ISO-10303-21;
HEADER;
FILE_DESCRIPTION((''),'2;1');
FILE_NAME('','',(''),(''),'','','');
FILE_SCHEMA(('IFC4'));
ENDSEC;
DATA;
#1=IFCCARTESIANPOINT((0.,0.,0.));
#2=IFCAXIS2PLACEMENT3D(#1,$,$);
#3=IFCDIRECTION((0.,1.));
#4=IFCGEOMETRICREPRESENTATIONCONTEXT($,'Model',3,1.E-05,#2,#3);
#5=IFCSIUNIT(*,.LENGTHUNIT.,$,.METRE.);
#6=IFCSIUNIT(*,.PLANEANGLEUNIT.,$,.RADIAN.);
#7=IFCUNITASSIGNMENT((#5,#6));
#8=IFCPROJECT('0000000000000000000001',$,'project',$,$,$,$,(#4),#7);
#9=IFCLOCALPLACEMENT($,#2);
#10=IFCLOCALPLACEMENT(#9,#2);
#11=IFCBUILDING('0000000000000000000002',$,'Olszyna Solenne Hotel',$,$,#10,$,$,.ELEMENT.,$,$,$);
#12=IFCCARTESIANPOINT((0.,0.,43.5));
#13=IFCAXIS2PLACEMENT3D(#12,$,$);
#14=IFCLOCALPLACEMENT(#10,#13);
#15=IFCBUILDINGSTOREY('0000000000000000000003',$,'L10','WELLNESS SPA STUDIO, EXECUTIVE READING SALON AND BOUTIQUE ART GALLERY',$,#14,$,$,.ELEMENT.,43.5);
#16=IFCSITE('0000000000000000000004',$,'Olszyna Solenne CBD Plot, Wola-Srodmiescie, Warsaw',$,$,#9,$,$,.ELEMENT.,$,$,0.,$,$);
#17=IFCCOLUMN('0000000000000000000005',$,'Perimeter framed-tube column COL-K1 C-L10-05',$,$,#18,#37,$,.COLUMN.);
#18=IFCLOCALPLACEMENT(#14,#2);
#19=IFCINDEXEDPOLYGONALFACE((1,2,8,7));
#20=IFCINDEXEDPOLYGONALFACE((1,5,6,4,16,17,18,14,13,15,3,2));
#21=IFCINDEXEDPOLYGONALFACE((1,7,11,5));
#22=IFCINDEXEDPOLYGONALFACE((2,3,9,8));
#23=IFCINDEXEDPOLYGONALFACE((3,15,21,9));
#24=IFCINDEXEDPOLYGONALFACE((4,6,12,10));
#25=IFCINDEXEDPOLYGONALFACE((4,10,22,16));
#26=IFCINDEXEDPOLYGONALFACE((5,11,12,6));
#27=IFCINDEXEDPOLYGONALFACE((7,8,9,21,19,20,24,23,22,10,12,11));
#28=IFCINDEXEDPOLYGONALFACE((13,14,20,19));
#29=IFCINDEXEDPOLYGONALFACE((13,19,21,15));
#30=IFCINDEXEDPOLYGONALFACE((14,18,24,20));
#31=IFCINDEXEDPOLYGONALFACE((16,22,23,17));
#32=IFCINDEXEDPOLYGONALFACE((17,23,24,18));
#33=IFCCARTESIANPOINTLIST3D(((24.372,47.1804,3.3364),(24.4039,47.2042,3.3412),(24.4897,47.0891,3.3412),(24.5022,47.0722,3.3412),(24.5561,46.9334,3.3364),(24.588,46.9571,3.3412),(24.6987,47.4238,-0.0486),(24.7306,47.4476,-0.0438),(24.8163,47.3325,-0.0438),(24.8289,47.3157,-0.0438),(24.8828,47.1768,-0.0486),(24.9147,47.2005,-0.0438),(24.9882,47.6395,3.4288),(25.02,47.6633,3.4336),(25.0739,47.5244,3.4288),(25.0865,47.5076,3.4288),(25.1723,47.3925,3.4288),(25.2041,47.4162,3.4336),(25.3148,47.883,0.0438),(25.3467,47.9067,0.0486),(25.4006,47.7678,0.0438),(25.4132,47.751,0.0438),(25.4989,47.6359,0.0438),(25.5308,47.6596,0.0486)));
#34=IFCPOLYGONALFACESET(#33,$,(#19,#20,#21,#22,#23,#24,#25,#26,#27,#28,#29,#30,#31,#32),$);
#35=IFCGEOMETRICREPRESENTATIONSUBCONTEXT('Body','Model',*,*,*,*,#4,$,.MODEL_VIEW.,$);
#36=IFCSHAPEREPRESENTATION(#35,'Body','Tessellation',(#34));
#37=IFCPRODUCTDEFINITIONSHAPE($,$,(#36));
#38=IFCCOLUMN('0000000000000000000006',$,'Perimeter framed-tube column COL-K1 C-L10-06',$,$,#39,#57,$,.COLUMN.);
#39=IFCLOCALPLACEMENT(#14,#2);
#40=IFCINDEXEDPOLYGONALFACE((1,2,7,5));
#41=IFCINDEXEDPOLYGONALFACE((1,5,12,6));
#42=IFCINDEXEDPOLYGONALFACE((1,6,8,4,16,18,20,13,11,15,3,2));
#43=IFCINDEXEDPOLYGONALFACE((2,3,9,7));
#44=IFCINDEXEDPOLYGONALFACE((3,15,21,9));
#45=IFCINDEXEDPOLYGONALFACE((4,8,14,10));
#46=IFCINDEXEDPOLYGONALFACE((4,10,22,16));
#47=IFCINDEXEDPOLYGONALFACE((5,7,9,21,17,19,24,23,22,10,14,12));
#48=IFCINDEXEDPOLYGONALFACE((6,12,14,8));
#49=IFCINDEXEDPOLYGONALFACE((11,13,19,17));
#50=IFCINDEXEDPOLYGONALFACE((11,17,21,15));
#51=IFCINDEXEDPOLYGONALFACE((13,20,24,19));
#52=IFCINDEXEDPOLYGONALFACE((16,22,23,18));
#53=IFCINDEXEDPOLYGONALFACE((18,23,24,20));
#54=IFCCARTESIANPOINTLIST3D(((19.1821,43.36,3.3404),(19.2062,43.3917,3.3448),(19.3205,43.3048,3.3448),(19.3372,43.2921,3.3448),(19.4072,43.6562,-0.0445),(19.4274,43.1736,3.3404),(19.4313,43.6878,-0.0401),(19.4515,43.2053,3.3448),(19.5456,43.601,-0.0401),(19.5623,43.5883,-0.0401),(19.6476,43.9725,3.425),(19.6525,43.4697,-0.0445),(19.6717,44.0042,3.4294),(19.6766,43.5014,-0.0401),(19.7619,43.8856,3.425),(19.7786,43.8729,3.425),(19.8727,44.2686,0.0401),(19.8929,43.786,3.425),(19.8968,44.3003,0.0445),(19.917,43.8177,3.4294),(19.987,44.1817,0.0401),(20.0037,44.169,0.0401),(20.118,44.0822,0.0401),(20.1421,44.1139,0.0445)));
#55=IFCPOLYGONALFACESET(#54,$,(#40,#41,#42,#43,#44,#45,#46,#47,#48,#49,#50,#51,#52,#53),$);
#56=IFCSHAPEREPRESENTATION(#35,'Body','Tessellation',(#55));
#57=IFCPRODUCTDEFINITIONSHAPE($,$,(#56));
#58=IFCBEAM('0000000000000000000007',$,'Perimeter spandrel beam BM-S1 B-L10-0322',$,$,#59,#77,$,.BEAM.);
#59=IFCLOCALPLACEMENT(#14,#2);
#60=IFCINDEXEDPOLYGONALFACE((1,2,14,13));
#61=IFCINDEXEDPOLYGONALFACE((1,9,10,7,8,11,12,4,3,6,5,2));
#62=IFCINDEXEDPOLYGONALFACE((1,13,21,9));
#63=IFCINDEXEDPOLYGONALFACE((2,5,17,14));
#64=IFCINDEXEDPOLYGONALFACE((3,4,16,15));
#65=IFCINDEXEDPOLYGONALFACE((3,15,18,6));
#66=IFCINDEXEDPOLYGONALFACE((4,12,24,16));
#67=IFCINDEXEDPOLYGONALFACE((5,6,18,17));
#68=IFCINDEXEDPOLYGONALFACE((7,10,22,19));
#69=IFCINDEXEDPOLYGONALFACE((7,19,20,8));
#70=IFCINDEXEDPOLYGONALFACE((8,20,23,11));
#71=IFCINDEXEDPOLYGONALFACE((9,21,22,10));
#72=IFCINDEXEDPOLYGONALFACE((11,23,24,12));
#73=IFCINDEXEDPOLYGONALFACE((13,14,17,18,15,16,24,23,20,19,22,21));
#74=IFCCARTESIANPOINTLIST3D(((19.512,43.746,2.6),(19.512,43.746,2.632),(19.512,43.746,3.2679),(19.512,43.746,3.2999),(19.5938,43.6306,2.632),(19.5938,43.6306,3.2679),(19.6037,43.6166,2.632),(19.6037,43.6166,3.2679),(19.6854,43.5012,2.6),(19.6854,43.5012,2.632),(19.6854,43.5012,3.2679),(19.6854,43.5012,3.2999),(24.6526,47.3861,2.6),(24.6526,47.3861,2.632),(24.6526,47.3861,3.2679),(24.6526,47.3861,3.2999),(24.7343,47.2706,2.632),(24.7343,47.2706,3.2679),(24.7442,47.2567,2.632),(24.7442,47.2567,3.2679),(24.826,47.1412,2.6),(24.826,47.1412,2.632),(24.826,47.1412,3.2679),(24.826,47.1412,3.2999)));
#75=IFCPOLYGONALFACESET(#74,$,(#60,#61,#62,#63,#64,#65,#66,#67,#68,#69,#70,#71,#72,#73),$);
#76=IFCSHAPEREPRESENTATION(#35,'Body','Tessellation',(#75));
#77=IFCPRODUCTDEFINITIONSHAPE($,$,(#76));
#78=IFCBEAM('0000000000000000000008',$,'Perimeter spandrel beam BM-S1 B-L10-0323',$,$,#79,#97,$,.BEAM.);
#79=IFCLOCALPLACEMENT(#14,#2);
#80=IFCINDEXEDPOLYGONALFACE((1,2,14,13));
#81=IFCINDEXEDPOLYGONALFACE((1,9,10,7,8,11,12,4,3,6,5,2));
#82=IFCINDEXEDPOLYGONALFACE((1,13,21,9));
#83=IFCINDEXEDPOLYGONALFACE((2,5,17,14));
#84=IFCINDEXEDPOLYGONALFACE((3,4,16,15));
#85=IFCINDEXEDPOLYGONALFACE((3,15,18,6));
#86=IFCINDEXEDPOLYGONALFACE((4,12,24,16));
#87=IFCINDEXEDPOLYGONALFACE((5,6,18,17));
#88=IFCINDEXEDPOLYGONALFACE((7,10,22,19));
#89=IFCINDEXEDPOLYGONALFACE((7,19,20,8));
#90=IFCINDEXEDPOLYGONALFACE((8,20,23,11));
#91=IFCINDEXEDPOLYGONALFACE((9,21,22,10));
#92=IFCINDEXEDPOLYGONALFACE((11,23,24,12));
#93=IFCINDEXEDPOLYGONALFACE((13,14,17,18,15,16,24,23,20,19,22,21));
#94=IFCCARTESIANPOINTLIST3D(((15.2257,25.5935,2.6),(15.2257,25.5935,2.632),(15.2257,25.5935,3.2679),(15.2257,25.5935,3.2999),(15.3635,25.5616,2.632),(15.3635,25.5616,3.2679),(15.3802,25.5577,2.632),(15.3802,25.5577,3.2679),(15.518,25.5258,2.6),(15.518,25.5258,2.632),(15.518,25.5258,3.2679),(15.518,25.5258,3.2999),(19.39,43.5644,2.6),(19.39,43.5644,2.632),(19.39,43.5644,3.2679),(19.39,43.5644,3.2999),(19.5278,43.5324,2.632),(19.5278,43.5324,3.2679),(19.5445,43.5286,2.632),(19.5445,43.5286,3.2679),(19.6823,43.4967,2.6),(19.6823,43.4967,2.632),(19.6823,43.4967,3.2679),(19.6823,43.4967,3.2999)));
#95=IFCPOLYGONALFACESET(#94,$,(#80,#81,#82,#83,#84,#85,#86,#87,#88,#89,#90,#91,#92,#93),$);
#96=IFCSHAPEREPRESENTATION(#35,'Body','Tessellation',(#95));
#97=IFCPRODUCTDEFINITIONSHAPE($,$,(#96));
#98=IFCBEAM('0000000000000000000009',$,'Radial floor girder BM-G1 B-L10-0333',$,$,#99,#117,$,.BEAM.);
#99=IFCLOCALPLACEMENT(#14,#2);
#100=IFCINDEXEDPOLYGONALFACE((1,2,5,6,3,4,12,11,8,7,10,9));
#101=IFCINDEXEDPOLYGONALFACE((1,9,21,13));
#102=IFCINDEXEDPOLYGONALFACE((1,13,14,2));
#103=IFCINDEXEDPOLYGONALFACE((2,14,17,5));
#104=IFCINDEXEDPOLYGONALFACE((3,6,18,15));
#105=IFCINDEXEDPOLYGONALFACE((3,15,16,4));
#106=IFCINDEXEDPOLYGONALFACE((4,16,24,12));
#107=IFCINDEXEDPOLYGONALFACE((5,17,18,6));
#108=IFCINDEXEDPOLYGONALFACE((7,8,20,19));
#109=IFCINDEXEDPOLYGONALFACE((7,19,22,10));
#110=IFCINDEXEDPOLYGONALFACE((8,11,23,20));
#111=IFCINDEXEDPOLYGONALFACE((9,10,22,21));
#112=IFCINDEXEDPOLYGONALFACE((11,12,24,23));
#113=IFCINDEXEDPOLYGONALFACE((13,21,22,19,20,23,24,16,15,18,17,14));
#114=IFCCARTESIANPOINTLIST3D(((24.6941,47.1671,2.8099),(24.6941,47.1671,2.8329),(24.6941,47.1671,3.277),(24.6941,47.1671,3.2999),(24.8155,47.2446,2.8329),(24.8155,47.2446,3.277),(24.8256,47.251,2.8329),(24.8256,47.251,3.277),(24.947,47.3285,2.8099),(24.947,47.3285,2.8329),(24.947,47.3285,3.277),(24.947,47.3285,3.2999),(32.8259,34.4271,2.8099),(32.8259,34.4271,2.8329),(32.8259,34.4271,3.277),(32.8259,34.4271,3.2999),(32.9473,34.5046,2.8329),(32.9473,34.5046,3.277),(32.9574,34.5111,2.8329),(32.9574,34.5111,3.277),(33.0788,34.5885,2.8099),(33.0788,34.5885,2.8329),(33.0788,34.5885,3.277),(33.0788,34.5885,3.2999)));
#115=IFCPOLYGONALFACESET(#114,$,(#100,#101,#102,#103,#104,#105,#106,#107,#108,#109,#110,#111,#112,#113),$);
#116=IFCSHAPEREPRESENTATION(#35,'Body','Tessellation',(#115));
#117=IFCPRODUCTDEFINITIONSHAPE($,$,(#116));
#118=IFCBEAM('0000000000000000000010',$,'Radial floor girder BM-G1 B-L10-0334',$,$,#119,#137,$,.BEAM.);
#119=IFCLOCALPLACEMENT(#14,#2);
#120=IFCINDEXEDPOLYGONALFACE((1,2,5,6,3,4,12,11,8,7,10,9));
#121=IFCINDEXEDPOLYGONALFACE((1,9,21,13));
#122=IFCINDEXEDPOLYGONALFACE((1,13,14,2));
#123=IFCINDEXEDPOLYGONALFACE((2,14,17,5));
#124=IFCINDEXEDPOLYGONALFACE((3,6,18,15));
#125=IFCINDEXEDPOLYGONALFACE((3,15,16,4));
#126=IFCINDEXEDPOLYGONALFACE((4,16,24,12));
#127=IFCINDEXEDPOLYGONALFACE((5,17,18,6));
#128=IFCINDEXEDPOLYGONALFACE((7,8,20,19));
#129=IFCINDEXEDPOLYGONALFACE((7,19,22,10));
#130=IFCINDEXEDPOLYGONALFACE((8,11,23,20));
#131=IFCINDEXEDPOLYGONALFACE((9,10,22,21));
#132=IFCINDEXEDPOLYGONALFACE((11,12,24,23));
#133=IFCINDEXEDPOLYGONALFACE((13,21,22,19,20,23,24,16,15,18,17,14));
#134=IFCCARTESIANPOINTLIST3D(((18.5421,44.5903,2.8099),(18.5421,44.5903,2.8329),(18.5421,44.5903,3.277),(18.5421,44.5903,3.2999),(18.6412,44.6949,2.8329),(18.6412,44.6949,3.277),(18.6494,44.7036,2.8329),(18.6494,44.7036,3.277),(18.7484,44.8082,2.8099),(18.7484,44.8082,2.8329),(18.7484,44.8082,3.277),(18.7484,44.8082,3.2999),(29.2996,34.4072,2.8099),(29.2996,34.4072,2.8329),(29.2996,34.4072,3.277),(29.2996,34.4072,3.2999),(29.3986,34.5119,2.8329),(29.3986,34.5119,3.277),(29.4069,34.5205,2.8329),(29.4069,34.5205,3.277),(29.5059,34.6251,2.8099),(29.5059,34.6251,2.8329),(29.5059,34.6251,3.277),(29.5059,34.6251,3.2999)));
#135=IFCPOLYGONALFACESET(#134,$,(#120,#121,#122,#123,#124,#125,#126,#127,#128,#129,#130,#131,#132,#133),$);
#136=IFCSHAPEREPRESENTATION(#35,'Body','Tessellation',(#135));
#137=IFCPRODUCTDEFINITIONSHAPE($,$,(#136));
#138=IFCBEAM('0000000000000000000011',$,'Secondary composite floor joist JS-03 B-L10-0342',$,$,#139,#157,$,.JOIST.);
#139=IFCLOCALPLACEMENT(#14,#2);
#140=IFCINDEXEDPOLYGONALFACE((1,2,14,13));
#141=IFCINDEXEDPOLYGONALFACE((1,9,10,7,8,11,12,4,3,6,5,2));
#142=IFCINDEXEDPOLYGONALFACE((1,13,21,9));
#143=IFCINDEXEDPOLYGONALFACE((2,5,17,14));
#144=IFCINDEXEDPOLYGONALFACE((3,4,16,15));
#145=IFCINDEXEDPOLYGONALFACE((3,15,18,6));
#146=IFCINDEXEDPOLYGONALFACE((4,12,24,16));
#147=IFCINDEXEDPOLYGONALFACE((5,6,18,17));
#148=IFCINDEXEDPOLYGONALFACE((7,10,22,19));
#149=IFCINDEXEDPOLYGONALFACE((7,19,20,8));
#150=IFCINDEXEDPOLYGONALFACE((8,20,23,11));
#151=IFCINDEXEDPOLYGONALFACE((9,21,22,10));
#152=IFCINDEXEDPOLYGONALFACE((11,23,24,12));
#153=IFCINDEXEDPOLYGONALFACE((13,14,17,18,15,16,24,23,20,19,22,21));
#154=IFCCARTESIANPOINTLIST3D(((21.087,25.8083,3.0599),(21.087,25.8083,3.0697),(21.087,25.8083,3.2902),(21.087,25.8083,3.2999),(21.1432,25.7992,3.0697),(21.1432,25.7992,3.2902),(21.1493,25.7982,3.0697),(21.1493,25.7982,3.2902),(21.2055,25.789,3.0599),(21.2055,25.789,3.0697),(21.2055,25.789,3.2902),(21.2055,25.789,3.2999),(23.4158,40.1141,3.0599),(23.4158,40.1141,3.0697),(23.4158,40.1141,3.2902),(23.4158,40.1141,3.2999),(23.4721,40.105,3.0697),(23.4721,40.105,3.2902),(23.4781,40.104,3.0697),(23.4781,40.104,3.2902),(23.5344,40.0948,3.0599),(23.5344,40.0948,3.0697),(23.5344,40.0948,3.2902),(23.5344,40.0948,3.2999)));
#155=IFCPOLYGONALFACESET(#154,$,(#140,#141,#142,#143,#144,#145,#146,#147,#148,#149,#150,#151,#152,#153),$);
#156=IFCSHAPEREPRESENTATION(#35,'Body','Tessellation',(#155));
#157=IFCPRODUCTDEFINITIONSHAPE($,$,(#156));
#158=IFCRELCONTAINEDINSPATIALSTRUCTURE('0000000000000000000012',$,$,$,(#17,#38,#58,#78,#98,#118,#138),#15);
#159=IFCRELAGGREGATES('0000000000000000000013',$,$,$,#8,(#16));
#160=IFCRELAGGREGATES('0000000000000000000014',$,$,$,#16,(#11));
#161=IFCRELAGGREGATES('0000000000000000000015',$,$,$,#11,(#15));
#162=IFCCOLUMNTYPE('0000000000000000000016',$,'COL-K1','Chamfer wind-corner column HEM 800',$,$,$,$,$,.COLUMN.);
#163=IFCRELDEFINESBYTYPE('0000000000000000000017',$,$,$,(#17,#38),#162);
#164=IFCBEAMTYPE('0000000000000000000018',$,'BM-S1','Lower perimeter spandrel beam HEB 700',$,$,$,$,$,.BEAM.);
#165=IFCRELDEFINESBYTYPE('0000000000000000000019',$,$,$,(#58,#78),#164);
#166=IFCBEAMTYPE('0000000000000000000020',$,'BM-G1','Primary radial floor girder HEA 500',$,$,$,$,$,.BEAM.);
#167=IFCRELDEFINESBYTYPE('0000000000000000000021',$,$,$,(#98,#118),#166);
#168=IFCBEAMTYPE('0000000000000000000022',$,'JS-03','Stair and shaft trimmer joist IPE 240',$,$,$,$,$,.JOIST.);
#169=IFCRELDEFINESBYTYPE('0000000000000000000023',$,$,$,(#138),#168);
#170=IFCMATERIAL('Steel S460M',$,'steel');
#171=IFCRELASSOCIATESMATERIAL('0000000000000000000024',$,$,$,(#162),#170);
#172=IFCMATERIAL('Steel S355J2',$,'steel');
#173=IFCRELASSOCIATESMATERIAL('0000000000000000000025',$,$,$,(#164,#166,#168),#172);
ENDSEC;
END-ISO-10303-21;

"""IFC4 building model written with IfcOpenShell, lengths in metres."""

from ifc_helpers import new_model, si_unit, direction, frame, origin, origin_2d, place, context, subcontext, project, spatial, i_section, extrude, source, transform, mapped, material, material_profile, profile_set, type_object, element, save


model = new_model("IFC4")

# Units and contexts
model_context = context("Model", 3, precision=1e-05, world=origin(), true_north=direction((0.0, 1.0)))
body_context = subcontext(model_context, "Body", "Model", "MODEL_VIEW")
ifc_project = project(units=[si_unit("LENGTHUNIT", "METRE"), si_unit("PLANEANGLEUNIT", "RADIAN")], contexts=[model_context])

# Site, building, storey
site_placement = place(None, origin())
site = spatial("IfcSite", under=ifc_project, at=site_placement, Name="Olszyna Solenne CBD Plot, Wola-Srodmiescie, Warsaw", CompositionType="ELEMENT", RefElevation=0.0)
building_placement = place(site_placement, origin())
building = spatial("IfcBuilding", under=site, at=building_placement, Name="Olszyna Solenne Hotel", CompositionType="ELEMENT")
storey_placement = place(building_placement, frame((0.0, 0.0, 43.5)))
storey = spatial("IfcBuildingStorey", under=building, at=storey_placement, Name="L10", Description="WELLNESS SPA STUDIO, EXECUTIVE READING SALON AND BOUTIQUE ART GALLERY", CompositionType="ELEMENT", Elevation=43.5)

# Columns
ifc_material_1 = material(Name="Steel S460M", Category="steel")
ifc_material_profile_1 = material_profile(ifc_material_1, i_section(OverallWidth=0.3081, OverallDepth=0.814, WebThickness=0.021, FlangeThickness=0.04, at=origin_2d()), Name="HEM 800", Category="load-bearing")
ifc_profile_set_1 = profile_set([ifc_material_profile_1], Name="Steel S460M")
column_type = type_object("IfcColumnType", Name="COL-K1", Description="Chamfer wind-corner column HEM 800", PredefinedType="COLUMN", material=ifc_profile_set_1)
shared_shape_1 = source(origin(), body_context, "Body", "SweptSolid", [
    extrude(i_section(OverallWidth=0.3081, OverallDepth=0.814, WebThickness=0.021, FlangeThickness=0.04, at=origin_2d()), origin(), (0.0, 0.0, 1.0), 3.4094),
])
column_1_placement = place(storey_placement, frame((25.1147, 47.5417, 0.0), z_axis=(-0.095811, -0.071393, 0.992836), x_axis=(0.597504, -0.801866, 0.0)))
element("IfcColumn", 1, at=column_1_placement, inside=storey, type_object=column_type, Name="Perimeter framed-tube column COL-K1 C-L10-05", PredefinedType="COLUMN", context=body_context, shape_type="MappedRepresentation", body=[
    mapped(shared_shape_1, transform((0.0, 0.0, 0.0), x_axis=(1.0, 0.0, 0.0), y_axis=(0.0, 1.0, 0.0), z_axis=(0.0, 0.0, 1.0), scale=1.0)),
])
shared_shape_2 = source(origin(), body_context, "Body", "SweptSolid", [
    extrude(i_section(OverallWidth=0.3081, OverallDepth=0.814, WebThickness=0.021, FlangeThickness=0.04, at=origin_2d()), origin(), (0.0, 0.0, 1.0), 3.4053),
])
column_2_placement = place(storey_placement, frame((19.7747, 43.885, 0.0), z_axis=(-0.0661, -0.086963, 0.994016), x_axis=(0.796124, -0.605133, 0.0)))
element("IfcColumn", 2, at=column_2_placement, inside=storey, type_object=column_type, Name="Perimeter framed-tube column COL-K1 C-L10-06", PredefinedType="COLUMN", context=body_context, shape_type="MappedRepresentation", body=[
    mapped(shared_shape_2, transform((0.0, 0.0, 0.0), x_axis=(1.0, 0.0, 0.0), y_axis=(0.0, 1.0, 0.0), z_axis=(0.0, 0.0, 1.0), scale=1.0)),
])

# Beams
ifc_material_2 = material(Name="Steel S355J2", Category="steel")
ifc_material_profile_2 = material_profile(ifc_material_2, i_section(OverallWidth=0.3, OverallDepth=0.7, WebThickness=0.0171, FlangeThickness=0.032, at=origin_2d()), Name="HEB 700", Category="load-bearing")
ifc_profile_set_2 = profile_set([ifc_material_profile_2], Name="Steel S355J2")
beam_type_1 = type_object("IfcBeamType", Name="BM-S1", Description="Lower perimeter spandrel beam HEB 700", PredefinedType="BEAM", material=ifc_profile_set_2)
shared_shape_3 = source(origin(), body_context, "Body", "SweptSolid", [
    extrude(i_section(OverallWidth=0.3, OverallDepth=0.7, WebThickness=0.0171, FlangeThickness=0.032, at=origin_2d()), origin(), (0.0, 0.0, 1.0), 6.2988),
])
beam_1_placement = place(storey_placement, frame((24.7393, 47.2637, 2.95), z_axis=(-0.81611, -0.577897, 0.0), x_axis=(0.577897, -0.81611, 0.0)))
element("IfcBeam", 3, at=beam_1_placement, inside=storey, type_object=beam_type_1, Name="Perimeter spandrel beam BM-S1 B-L10-0322", PredefinedType="BEAM", context=body_context, shape_type="MappedRepresentation", body=[
    mapped(shared_shape_3, transform((0.0, 0.0, 0.0), x_axis=(1.0, 0.0, 0.0), y_axis=(0.0, 1.0, 0.0), z_axis=(0.0, 0.0, 1.0), scale=1.0)),
])
shared_shape_4 = source(origin(), body_context, "Body", "SweptSolid", [
    extrude(i_section(OverallWidth=0.3, OverallDepth=0.7, WebThickness=0.0171, FlangeThickness=0.032, at=origin_2d()), origin(), (0.0, 0.0, 1.0), 18.447),
])
beam_2_placement = place(storey_placement, frame((19.5361, 43.5305, 2.95), z_axis=(-0.225743, -0.974187, 0.0), x_axis=(0.974187, -0.225743, 0.0)))
element("IfcBeam", 4, at=beam_2_placement, inside=storey, type_object=beam_type_1, Name="Perimeter spandrel beam BM-S1 B-L10-0323", PredefinedType="BEAM", context=body_context, shape_type="MappedRepresentation", body=[
    mapped(shared_shape_4, transform((0.0, 0.0, 0.0), x_axis=(1.0, 0.0, 0.0), y_axis=(0.0, 1.0, 0.0), z_axis=(0.0, 0.0, 1.0), scale=1.0)),
])
ifc_material_profile_3 = material_profile(ifc_material_2, i_section(OverallWidth=0.3, OverallDepth=0.49, WebThickness=0.012, FlangeThickness=0.0229, at=origin_2d()), Name="HEA 500", Category="load-bearing")
ifc_profile_set_3 = profile_set([ifc_material_profile_3], Name="Steel S355J2")
beam_type_2 = type_object("IfcBeamType", Name="BM-G1", Description="Primary radial floor girder HEA 500", PredefinedType="BEAM", material=ifc_profile_set_3)
shared_shape_5 = source(origin(), body_context, "Body", "SweptSolid", [
    extrude(i_section(OverallWidth=0.3, OverallDepth=0.49, WebThickness=0.012, FlangeThickness=0.0229, at=origin_2d()), origin(), (0.0, 0.0, 1.0), 15.114),
])
beam_3_placement = place(storey_placement, frame((24.8206, 47.2478, 3.0549), z_axis=(0.538032, -0.842924, 0.0), x_axis=(0.842924, 0.538032, 0.0)))
element("IfcBeam", 5, at=beam_3_placement, inside=storey, type_object=beam_type_2, Name="Radial floor girder BM-G1 B-L10-0333", PredefinedType="BEAM", context=body_context, shape_type="MappedRepresentation", body=[
    mapped(shared_shape_5, transform((0.0, 0.0, 0.0), x_axis=(1.0, 0.0, 0.0), y_axis=(0.0, 1.0, 0.0), z_axis=(0.0, 0.0, 1.0), scale=1.0)),
])
shared_shape_6 = source(origin(), body_context, "Body", "SweptSolid", [
    extrude(i_section(OverallWidth=0.3, OverallDepth=0.49, WebThickness=0.012, FlangeThickness=0.0229, at=origin_2d()), origin(), (0.0, 0.0, 1.0), 14.8127),
])
beam_4_placement = place(storey_placement, frame((18.6453, 44.6992, 3.0549), z_axis=(0.726232, -0.68745, 0.0), x_axis=(0.68745, 0.726232, 0.0)))
element("IfcBeam", 6, at=beam_4_placement, inside=storey, type_object=beam_type_2, Name="Radial floor girder BM-G1 B-L10-0334", PredefinedType="BEAM", context=body_context, shape_type="MappedRepresentation", body=[
    mapped(shared_shape_6, transform((0.0, 0.0, 0.0), x_axis=(1.0, 0.0, 0.0), y_axis=(0.0, 1.0, 0.0), z_axis=(0.0, 0.0, 1.0), scale=1.0)),
])
ifc_material_profile_4 = material_profile(ifc_material_2, i_section(OverallWidth=0.1201, OverallDepth=0.24, WebThickness=0.0061, FlangeThickness=0.0098, at=origin_2d()), Name="IPE 240", Category="load-bearing")
ifc_profile_set_4 = profile_set([ifc_material_profile_4], Name="Steel S355J2")
beam_type_3 = type_object("IfcBeamType", Name="JS-03", Description="Stair and shaft trimmer joist IPE 240", PredefinedType="JOIST", material=ifc_profile_set_4)
shared_shape_7 = source(origin(), body_context, "Body", "SweptSolid", [
    extrude(i_section(OverallWidth=0.1201, OverallDepth=0.24, WebThickness=0.0061, FlangeThickness=0.0098, at=origin_2d()), origin(), (0.0, 0.0, 1.0), 14.4941),
])
beam_5_placement = place(storey_placement, frame((23.4751, 40.1045, 3.1799), z_axis=(-0.160675, -0.987007, 0.0), x_axis=(0.987007, -0.160675, 0.0)))
element("IfcBeam", 7, at=beam_5_placement, inside=storey, type_object=beam_type_3, Name="Secondary composite floor joist JS-03 B-L10-0342", PredefinedType="JOIST", context=body_context, shape_type="MappedRepresentation", body=[
    mapped(shared_shape_7, transform((0.0, 0.0, 0.0), x_axis=(1.0, 0.0, 0.0), y_axis=(0.0, 1.0, 0.0), z_axis=(0.0, 0.0, 1.0), scale=1.0)),
])

save(model, "model.ifc")
